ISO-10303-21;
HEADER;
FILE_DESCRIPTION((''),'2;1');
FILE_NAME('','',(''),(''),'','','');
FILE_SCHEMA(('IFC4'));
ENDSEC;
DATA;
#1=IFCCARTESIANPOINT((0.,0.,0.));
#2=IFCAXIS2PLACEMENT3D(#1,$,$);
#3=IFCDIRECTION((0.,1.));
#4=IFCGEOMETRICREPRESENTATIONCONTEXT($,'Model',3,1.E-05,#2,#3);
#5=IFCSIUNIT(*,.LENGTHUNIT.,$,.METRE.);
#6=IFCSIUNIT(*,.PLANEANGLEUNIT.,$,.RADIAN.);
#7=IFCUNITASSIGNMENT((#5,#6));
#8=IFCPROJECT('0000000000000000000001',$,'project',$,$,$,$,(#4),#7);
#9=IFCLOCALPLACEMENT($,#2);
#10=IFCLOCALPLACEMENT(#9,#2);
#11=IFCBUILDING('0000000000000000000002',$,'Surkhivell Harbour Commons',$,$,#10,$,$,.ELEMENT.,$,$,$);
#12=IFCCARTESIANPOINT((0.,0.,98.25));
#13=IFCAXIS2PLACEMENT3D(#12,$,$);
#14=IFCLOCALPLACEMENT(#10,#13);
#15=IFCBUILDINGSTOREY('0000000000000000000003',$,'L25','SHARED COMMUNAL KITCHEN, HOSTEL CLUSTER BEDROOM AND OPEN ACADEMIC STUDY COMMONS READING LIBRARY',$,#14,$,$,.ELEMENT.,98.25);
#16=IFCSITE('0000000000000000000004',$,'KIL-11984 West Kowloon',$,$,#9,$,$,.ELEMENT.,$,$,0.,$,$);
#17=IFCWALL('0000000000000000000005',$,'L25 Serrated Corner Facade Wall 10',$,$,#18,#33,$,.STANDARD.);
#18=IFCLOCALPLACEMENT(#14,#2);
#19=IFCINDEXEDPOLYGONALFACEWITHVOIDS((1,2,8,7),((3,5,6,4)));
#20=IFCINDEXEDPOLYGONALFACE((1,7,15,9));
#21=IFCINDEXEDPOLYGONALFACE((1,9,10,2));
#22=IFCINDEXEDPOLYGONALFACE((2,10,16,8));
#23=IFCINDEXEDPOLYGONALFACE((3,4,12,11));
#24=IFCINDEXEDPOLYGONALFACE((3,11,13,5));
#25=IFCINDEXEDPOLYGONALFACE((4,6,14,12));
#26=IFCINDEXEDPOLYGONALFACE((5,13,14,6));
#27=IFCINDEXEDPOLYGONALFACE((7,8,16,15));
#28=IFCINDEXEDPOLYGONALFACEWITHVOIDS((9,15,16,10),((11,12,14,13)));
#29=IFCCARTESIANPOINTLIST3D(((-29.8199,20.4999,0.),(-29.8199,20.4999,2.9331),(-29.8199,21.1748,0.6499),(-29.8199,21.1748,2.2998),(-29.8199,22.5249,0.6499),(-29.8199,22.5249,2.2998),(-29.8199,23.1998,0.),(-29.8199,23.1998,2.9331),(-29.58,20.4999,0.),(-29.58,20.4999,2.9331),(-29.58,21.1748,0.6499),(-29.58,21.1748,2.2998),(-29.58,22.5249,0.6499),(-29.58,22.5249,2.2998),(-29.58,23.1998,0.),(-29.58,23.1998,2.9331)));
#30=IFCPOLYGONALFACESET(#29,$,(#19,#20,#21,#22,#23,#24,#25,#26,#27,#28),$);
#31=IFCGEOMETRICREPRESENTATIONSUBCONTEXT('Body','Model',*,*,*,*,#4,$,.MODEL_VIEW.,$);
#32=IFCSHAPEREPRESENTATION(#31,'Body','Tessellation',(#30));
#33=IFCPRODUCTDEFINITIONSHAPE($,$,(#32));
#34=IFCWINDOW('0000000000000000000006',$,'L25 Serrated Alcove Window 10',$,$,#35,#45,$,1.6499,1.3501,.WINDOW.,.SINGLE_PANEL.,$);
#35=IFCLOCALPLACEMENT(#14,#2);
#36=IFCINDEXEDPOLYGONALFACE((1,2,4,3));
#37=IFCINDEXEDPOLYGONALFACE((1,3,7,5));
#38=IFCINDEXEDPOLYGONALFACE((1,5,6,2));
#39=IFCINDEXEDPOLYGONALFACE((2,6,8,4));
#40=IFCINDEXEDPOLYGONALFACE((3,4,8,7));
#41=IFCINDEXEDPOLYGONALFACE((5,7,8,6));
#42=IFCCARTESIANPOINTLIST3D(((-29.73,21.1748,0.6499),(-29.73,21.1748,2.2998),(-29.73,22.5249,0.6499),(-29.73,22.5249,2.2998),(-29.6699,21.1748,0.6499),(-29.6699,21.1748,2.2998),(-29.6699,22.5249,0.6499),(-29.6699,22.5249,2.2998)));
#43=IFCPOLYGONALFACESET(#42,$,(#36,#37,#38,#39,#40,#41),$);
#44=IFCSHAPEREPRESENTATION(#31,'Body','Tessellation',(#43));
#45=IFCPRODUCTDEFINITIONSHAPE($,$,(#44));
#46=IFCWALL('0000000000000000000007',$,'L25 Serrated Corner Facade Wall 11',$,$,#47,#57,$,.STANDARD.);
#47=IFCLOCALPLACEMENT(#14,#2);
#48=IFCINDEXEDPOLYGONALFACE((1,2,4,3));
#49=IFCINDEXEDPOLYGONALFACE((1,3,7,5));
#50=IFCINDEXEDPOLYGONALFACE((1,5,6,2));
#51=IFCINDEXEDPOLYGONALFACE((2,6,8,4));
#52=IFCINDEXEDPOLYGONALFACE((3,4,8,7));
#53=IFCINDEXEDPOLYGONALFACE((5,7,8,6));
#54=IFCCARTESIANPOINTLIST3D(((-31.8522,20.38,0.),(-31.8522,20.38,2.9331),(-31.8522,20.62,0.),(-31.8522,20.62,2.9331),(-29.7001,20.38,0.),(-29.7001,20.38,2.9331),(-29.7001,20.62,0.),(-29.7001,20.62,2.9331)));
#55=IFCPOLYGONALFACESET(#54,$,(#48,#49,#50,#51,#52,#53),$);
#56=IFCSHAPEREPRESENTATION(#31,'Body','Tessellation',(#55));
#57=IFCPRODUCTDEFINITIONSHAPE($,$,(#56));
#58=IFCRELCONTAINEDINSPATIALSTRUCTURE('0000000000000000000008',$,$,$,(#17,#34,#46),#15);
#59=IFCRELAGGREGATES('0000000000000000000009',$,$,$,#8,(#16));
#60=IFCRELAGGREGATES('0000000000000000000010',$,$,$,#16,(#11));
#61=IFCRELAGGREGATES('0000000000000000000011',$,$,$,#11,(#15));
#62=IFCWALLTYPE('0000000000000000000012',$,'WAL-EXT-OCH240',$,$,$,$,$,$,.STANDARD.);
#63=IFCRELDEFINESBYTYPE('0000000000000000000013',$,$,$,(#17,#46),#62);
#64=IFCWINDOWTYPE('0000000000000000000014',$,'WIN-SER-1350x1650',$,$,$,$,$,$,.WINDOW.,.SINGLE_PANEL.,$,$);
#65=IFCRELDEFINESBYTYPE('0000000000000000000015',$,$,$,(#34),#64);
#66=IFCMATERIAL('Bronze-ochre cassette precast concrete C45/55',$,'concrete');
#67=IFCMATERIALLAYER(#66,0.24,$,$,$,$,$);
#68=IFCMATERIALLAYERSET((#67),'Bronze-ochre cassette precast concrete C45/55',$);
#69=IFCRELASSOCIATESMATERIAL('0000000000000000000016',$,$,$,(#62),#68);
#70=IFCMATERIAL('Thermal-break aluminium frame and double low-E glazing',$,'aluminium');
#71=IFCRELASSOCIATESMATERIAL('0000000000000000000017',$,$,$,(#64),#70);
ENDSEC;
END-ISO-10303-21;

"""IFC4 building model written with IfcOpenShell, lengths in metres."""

from ifc_helpers import new_model, si_unit, direction, frame, frame_2d, origin, place, context, subcontext, project, spatial, rectangle, extrude, material, layer, layer_set, type_object, element, fill, save


model = new_model("IFC4")

# Units and contexts
model_context = context("Model", 3, precision=1e-05, world=origin(), true_north=direction((0.0, 1.0)))
body_context = subcontext(model_context, "Body", "Model", "MODEL_VIEW")
ifc_project = project(units=[si_unit("LENGTHUNIT", "METRE"), si_unit("PLANEANGLEUNIT", "RADIAN")], contexts=[model_context])

# Site, building, storey
site_placement = place(None, origin())
site = spatial("IfcSite", under=ifc_project, at=site_placement, Name="KIL-11984 West Kowloon", CompositionType="ELEMENT", RefElevation=0.0)
building_placement = place(site_placement, origin())
building = spatial("IfcBuilding", under=site, at=building_placement, Name="Surkhivell Harbour Commons", CompositionType="ELEMENT")
storey_placement = place(building_placement, frame((0.0, 0.0, 98.25)))
storey = spatial("IfcBuildingStorey", under=building, at=storey_placement, Name="L25", Description="SHARED COMMUNAL KITCHEN, HOSTEL CLUSTER BEDROOM AND OPEN ACADEMIC STUDY COMMONS READING LIBRARY", CompositionType="ELEMENT", Elevation=98.25)

# Shared definitions
ifc_material_1 = material(Name="Bronze-ochre cassette precast concrete C45/55", Category="concrete")
ifc_layer_1 = layer(ifc_material_1, 0.24)
ifc_layer_set_1 = layer_set([ifc_layer_1], Name="Bronze-ochre cassette precast concrete C45/55")
wall_type = type_object("IfcWallType", Name="WAL-EXT-OCH240", PredefinedType="STANDARD", material=ifc_layer_set_1)

# Wall, opening, window
wall_1_placement = place(storey_placement, frame((-29.7, 23.2, 0.0), z_axis=(0.0, 0.0, 1.0), x_axis=(0.0, -1.0, 0.0)))
wall_1 = element("IfcWall", 1, at=wall_1_placement, inside=storey, type_object=wall_type, Name="L25 Serrated Corner Facade Wall 10", PredefinedType="STANDARD", context=body_context, shape_type="SweptSolid", body=[
    extrude(rectangle(XDim=2.7, YDim=0.24, at=frame_2d((1.3501, 0.0))), origin(), (0.0, 0.0, 1.0), 2.9331),
])
opening_placement = place(wall_1_placement, frame((0.675, 0.0, 0.6499)))
opening = element("IfcOpeningElement", 2, at=opening_placement, cuts=wall_1, PredefinedType="OPENING", context=body_context, shape_type="SweptSolid", body=[
    extrude(rectangle(XDim=1.3501, YDim=1.6499, at=frame_2d((0.675, 0.825))), frame((0.0, 0.1299, 0.0), z_axis=(0.0, -1.0, 0.0), x_axis=(1.0, 0.0, 0.0)), (0.0, 0.0, 1.0), 0.26),
])
ifc_material_2 = material(Name="Thermal-break aluminium frame and double low-E glazing", Category="aluminium")
window_type = type_object("IfcWindowType", Name="WIN-SER-1350x1650", PartitioningType="SINGLE_PANEL", PredefinedType="WINDOW", material=ifc_material_2)
window_placement = place(opening_placement, origin())
window = element("IfcWindow", 3, at=window_placement, inside=storey, type_object=window_type, Name="L25 Serrated Alcove Window 10", OverallHeight=1.6499, OverallWidth=1.3501, PartitioningType="SINGLE_PANEL", PredefinedType="WINDOW", context=body_context, shape_type="SweptSolid", body=[
    extrude(rectangle(XDim=1.3501, YDim=1.6499, at=frame_2d((0.675, 0.825))), frame((0.0, 0.03, 0.0), z_axis=(0.0, -1.0, 0.0), x_axis=(1.0, 0.0, 0.0)), (0.0, 0.0, 1.0), 0.0601),
])
fill(opening, window)

# Wall
wall_2_placement = place(storey_placement, frame((-29.7, 20.5, 0.0), z_axis=(0.0, 0.0, 1.0), x_axis=(-1.0, 0.0, 0.0)))
element("IfcWall", 4, at=wall_2_placement, inside=storey, type_object=wall_type, Name="L25 Serrated Corner Facade Wall 11", PredefinedType="STANDARD", context=body_context, shape_type="SweptSolid", body=[
    extrude(rectangle(XDim=2.1521, YDim=0.24, at=frame_2d((1.0762, 0.0))), origin(), (0.0, 0.0, 1.0), 2.9331),
])

save(model, "model.ifc")
